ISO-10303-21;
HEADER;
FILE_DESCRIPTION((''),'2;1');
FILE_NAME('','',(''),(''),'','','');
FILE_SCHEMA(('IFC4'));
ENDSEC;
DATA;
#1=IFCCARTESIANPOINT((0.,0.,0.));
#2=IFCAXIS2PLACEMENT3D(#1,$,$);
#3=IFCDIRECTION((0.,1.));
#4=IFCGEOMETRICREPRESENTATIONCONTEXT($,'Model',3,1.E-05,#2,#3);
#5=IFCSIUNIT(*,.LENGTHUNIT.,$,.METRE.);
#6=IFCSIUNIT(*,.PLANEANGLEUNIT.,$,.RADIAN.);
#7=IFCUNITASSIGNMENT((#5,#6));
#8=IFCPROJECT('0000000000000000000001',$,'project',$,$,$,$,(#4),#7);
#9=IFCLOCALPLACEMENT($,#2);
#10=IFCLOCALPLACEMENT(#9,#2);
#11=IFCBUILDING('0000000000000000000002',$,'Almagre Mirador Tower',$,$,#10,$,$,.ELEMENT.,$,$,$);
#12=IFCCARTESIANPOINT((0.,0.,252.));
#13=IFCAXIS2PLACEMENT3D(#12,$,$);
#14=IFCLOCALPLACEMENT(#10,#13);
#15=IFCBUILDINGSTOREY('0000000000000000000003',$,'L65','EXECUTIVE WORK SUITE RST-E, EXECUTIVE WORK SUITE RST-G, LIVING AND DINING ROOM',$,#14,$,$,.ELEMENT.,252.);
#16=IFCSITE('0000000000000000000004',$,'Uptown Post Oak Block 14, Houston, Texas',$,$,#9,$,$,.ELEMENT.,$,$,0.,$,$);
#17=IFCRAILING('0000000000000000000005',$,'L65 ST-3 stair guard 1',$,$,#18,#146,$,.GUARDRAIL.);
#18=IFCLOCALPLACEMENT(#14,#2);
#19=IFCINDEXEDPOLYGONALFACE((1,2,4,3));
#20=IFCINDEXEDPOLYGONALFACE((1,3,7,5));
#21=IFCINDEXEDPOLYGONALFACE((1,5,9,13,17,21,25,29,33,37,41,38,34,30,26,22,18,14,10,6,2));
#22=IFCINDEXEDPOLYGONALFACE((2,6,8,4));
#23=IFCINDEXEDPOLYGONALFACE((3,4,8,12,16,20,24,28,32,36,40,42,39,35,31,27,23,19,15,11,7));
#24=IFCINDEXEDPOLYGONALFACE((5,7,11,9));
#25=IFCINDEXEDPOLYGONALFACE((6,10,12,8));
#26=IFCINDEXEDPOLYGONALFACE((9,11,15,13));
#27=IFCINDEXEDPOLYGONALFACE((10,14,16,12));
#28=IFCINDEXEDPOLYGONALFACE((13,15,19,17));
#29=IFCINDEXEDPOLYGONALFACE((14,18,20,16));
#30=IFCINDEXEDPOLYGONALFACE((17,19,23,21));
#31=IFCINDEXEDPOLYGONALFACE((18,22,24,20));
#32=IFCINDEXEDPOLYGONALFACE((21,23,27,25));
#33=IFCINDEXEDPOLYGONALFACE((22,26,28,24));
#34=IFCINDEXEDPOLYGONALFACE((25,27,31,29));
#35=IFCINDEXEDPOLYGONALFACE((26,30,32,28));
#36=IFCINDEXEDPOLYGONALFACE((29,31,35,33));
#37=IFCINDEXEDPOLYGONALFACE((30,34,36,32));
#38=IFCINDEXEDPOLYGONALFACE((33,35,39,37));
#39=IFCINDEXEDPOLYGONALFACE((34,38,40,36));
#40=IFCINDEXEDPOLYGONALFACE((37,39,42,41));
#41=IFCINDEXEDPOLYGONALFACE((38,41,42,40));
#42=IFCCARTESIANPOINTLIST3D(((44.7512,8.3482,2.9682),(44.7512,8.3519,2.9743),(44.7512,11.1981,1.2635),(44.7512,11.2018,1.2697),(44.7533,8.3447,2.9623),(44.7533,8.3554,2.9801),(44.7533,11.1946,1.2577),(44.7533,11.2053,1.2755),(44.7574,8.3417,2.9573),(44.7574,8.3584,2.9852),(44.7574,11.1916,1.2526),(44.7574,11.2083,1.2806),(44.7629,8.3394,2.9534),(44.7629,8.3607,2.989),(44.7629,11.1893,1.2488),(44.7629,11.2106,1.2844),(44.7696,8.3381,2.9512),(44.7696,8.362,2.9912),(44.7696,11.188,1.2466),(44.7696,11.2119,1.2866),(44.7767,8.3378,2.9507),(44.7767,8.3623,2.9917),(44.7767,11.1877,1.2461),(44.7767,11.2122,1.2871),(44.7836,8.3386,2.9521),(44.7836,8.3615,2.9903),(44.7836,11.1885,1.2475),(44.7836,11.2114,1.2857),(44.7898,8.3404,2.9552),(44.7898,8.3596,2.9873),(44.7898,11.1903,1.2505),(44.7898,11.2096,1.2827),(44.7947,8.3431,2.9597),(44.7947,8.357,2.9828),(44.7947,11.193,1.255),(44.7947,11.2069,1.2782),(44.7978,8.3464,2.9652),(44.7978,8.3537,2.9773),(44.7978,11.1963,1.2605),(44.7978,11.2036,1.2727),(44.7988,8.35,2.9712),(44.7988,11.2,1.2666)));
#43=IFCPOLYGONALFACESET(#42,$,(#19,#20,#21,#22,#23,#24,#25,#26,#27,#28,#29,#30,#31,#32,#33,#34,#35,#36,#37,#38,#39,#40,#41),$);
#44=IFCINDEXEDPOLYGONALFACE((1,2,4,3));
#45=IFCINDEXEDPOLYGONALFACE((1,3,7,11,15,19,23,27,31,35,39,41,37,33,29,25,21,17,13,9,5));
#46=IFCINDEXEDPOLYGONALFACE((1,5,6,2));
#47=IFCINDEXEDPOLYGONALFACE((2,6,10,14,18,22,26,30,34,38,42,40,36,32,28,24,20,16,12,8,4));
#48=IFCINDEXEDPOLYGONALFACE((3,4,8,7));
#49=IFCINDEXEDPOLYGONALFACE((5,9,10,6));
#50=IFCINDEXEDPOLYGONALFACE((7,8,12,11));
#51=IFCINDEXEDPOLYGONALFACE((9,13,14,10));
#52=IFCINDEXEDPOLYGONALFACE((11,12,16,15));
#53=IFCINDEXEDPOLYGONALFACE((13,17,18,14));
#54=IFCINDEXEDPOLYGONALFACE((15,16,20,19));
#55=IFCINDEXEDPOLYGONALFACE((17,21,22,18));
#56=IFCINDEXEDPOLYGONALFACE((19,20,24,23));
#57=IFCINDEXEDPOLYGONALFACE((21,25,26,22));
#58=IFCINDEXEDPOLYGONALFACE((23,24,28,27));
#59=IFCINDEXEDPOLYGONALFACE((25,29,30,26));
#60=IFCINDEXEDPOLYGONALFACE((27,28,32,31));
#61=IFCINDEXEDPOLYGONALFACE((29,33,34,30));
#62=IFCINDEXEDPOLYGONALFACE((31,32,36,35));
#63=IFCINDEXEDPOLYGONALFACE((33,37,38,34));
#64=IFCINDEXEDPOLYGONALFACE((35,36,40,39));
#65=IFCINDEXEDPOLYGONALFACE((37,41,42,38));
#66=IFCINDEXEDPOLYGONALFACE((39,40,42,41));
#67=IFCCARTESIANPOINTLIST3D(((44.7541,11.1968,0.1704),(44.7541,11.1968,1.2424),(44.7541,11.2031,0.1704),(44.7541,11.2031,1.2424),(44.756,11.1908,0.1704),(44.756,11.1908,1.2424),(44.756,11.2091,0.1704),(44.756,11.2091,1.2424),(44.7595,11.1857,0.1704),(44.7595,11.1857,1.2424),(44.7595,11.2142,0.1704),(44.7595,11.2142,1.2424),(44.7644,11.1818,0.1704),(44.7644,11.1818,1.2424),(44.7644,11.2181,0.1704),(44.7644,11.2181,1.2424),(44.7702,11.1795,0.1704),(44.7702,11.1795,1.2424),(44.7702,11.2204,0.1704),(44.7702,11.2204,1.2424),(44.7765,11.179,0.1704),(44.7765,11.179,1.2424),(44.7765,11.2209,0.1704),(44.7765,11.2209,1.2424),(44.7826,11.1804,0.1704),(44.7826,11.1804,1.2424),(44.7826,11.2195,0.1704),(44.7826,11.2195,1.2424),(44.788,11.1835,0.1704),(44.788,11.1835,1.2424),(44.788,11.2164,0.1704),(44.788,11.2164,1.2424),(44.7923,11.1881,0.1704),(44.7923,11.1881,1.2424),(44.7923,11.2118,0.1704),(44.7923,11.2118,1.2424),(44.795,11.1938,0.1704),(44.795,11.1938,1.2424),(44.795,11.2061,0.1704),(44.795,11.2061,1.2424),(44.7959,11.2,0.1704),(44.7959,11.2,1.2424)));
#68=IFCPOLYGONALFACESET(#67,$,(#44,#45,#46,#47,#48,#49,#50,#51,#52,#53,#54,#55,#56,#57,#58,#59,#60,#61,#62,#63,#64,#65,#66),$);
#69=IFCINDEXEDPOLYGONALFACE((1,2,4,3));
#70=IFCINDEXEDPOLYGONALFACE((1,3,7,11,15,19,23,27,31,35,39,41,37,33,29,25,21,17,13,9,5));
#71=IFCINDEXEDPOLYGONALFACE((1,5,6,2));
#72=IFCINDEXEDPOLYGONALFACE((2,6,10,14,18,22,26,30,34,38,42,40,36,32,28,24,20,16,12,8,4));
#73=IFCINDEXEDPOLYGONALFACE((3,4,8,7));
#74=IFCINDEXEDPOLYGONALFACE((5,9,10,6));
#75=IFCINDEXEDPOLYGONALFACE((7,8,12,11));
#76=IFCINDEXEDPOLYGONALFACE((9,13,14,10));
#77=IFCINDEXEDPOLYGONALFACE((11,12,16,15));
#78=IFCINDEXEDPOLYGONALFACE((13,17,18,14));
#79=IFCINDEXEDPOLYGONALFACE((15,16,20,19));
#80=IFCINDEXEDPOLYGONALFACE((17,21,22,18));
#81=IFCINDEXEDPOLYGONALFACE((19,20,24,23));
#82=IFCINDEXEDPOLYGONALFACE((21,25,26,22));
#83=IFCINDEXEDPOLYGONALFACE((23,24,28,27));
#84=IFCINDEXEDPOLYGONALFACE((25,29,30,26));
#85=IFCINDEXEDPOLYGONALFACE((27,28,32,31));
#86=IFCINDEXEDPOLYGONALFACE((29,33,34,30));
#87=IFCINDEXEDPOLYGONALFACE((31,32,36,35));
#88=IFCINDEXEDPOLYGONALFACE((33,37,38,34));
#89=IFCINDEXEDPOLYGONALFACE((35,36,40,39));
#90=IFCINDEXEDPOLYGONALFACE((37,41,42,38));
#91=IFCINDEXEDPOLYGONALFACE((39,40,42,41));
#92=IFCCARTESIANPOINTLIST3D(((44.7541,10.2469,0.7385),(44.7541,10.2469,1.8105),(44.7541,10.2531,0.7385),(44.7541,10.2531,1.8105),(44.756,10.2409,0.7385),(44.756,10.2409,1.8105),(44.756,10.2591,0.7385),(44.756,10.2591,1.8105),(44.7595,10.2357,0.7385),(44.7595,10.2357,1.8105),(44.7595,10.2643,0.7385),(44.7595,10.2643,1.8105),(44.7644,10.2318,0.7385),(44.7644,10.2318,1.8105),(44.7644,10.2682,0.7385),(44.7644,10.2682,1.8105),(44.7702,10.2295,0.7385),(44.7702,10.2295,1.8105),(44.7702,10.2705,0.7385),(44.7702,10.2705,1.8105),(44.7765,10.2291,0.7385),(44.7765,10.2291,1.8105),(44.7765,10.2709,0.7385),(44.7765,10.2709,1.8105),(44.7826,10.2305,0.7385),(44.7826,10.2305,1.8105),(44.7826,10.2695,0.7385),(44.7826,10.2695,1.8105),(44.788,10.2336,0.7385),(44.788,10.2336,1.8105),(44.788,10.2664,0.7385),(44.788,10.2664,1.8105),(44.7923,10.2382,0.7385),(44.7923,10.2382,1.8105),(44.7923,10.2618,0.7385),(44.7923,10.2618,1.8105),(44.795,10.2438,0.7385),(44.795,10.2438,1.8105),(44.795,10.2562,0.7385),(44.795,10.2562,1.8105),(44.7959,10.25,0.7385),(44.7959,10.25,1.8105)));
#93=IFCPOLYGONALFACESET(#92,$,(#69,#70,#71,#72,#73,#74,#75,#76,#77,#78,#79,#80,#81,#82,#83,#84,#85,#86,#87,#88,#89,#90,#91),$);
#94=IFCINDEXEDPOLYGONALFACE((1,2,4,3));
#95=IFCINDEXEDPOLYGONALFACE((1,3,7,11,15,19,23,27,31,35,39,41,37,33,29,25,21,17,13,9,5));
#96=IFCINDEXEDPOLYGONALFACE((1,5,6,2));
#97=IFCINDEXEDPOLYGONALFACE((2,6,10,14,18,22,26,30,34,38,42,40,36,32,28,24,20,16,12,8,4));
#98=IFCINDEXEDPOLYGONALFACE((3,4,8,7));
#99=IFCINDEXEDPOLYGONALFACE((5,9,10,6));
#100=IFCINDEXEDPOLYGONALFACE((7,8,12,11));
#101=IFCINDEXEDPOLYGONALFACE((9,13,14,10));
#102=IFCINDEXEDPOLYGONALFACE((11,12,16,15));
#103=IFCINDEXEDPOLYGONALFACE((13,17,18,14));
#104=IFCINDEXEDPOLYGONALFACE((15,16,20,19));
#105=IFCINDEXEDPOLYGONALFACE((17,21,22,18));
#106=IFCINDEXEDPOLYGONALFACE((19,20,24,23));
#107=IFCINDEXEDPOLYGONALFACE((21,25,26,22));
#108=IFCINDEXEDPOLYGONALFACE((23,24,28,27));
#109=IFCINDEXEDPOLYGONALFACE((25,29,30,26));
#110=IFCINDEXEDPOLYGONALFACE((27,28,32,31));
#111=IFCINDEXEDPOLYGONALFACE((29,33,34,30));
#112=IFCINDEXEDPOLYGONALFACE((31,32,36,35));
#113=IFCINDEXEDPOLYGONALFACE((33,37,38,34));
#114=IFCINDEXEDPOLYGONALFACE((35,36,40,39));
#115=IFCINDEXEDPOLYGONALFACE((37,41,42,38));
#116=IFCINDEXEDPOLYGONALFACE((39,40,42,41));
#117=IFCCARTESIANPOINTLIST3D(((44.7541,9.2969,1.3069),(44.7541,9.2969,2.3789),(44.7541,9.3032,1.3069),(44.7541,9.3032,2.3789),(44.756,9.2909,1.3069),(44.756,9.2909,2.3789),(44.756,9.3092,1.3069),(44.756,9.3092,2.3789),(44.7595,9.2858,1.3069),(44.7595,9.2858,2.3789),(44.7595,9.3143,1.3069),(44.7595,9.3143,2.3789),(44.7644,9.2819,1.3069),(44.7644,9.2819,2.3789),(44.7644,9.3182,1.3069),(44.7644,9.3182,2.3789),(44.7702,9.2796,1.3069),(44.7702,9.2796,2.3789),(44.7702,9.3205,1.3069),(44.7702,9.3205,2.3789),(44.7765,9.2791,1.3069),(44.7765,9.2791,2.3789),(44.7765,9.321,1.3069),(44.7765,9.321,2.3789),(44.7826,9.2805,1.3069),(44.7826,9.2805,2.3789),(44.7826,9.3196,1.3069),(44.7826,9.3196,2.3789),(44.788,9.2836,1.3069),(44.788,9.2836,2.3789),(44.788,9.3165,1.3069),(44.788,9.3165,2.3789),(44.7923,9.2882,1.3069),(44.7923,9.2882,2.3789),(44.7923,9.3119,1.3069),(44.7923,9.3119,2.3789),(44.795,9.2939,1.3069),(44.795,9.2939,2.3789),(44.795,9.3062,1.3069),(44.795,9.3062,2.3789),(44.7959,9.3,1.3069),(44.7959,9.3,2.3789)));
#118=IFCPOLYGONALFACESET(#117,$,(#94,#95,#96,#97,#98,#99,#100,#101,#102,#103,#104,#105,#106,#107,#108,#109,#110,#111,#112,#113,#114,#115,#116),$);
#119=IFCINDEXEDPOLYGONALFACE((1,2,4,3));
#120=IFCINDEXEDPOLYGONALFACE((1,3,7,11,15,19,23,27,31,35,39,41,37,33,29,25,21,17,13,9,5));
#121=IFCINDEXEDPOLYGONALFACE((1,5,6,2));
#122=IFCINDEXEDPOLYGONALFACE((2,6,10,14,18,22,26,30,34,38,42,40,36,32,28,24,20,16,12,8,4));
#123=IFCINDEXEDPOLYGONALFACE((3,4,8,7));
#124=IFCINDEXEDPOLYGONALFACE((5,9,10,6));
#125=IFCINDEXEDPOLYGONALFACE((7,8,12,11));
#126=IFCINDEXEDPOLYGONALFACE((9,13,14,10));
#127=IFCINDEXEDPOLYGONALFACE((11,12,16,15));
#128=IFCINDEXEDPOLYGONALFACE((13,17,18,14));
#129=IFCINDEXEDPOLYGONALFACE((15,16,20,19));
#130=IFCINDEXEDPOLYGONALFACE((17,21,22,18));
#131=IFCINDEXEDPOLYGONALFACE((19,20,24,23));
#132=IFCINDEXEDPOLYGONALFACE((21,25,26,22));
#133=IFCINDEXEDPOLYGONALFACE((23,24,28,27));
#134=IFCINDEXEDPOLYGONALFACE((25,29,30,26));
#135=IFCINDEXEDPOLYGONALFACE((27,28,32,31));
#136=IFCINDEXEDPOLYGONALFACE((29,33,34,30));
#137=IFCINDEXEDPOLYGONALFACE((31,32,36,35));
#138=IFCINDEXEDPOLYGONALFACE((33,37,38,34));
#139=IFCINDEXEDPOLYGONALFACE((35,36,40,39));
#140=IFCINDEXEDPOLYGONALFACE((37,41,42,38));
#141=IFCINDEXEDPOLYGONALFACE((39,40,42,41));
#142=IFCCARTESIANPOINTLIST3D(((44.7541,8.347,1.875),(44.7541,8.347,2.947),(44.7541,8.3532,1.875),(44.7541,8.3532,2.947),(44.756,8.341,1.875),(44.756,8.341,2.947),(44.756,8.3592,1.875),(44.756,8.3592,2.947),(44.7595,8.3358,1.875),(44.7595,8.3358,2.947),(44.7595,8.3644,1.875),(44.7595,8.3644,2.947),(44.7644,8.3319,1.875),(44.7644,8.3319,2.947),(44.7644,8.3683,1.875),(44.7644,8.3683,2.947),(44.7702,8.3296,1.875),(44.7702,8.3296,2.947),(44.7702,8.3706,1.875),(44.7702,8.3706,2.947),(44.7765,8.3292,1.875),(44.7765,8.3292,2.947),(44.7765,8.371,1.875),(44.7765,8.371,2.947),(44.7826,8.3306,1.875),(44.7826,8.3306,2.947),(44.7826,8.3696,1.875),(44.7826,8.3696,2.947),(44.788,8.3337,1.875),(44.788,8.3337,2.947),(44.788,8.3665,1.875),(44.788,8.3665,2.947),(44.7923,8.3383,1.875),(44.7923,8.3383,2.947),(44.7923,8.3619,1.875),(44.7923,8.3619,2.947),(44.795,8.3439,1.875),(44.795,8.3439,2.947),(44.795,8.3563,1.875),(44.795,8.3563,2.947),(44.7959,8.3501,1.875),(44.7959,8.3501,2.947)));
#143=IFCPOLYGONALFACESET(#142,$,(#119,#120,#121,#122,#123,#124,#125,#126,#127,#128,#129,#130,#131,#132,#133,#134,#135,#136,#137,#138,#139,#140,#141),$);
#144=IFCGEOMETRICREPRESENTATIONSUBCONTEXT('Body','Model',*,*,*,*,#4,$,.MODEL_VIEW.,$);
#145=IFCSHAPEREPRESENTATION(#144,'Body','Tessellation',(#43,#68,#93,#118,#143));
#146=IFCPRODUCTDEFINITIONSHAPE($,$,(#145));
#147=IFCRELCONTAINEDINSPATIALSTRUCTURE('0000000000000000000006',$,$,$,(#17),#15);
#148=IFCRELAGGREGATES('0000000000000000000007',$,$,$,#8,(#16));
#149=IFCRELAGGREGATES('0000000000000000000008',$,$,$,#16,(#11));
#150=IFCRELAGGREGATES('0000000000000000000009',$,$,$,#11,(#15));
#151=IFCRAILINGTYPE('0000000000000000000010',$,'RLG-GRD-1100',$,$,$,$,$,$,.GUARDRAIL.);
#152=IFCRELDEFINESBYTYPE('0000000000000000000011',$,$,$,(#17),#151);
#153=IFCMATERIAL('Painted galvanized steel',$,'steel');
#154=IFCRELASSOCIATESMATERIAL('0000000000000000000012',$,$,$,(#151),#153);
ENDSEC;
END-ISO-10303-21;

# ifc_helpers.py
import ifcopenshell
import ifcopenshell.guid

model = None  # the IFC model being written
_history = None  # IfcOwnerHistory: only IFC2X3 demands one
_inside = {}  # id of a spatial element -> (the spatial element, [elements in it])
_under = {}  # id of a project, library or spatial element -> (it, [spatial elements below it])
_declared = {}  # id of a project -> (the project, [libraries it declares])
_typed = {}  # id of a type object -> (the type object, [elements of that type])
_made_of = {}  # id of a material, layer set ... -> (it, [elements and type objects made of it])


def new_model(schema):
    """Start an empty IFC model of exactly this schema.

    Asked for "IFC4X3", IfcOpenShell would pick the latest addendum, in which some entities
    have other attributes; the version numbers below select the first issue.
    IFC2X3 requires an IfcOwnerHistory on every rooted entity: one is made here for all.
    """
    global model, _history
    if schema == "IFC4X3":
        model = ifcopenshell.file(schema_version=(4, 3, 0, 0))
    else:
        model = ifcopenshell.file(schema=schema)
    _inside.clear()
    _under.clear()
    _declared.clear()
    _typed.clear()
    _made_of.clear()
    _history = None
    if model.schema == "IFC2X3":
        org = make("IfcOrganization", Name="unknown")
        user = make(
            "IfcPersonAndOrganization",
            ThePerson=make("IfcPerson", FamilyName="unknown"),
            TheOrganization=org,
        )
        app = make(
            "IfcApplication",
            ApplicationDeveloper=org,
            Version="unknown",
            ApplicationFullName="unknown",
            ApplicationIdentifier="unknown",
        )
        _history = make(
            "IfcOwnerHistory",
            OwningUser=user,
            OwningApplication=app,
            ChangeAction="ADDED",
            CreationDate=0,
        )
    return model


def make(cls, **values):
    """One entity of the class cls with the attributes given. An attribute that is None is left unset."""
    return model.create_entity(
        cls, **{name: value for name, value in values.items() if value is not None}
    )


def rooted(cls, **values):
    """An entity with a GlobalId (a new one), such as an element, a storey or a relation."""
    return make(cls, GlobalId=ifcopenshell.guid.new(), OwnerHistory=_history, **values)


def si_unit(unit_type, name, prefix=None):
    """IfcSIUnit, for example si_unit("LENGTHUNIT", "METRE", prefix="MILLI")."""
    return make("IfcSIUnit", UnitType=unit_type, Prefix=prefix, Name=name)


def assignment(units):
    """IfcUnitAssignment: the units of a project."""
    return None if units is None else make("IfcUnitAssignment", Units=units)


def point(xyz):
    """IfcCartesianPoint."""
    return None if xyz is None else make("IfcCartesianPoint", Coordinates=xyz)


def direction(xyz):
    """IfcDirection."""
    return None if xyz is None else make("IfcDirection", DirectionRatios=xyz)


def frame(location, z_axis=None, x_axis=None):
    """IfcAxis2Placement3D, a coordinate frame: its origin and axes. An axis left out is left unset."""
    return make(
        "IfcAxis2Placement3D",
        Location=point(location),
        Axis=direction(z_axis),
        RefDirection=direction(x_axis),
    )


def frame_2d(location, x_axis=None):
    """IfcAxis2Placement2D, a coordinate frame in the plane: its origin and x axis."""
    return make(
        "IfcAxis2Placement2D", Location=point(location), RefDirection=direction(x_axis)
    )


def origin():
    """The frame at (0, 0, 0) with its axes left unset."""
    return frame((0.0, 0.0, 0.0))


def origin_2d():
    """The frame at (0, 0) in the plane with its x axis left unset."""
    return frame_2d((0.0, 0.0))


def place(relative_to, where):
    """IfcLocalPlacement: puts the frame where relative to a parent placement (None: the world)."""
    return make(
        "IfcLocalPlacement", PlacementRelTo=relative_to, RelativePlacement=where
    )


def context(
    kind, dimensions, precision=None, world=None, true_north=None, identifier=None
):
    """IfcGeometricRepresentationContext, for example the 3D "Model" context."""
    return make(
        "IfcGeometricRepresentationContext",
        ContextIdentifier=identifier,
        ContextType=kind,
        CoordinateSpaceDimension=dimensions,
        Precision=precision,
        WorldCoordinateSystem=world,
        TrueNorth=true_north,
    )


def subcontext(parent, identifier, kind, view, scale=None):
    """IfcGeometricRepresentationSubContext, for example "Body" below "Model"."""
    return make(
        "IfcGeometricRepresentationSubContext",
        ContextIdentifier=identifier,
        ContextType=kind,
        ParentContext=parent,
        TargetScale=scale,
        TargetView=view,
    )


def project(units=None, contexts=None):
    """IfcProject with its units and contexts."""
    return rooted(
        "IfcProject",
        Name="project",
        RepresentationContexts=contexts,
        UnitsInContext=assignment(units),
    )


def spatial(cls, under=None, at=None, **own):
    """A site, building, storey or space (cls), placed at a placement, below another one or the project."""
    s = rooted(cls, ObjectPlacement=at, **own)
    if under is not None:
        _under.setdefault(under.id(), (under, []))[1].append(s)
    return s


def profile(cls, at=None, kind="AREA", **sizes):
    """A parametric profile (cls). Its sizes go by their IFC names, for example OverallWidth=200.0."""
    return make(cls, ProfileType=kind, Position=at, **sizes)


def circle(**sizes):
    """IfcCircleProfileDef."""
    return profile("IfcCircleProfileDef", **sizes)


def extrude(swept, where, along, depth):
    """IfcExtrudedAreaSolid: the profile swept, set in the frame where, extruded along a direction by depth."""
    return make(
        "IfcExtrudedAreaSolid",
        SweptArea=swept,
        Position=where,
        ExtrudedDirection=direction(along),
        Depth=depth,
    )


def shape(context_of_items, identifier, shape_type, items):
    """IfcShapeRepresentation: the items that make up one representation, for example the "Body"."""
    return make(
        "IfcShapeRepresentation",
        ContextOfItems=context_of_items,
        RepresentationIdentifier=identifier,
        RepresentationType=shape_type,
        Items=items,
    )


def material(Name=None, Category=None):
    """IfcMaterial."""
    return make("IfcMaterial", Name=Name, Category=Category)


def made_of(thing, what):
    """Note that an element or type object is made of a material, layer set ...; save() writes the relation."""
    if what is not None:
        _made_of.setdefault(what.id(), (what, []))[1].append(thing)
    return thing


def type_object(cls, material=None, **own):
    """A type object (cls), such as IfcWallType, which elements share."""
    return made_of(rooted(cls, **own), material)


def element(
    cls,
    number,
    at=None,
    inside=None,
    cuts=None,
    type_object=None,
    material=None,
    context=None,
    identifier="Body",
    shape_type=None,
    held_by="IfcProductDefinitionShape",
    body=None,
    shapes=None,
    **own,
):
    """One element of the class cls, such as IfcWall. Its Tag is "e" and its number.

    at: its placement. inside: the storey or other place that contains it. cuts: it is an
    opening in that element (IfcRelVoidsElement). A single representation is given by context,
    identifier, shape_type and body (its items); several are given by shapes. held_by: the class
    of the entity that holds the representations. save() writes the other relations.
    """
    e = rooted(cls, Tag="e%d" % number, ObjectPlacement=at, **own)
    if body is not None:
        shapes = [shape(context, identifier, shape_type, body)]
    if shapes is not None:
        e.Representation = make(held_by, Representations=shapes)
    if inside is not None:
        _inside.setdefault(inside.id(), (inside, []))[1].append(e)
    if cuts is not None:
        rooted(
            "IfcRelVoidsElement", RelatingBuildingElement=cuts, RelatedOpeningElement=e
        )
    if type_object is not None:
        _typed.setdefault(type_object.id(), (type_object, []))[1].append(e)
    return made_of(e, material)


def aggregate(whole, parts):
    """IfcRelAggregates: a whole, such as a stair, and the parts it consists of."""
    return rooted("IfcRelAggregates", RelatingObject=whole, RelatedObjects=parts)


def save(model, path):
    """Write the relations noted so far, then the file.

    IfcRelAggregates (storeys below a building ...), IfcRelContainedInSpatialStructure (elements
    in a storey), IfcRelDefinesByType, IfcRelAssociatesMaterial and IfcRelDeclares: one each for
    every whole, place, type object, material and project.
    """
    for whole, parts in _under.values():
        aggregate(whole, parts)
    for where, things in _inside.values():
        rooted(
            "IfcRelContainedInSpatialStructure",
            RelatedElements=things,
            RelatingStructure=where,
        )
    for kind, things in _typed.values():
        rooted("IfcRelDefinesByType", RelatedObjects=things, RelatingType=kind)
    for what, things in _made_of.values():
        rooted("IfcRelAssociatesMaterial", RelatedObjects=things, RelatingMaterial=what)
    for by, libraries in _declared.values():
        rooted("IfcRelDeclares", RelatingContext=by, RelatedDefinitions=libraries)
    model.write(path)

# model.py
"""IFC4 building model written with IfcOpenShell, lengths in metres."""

from ifc_helpers import new_model, si_unit, direction, frame, origin, origin_2d, place, context, subcontext, project, spatial, circle, extrude, material, type_object, element, save


model = new_model("IFC4")

# Units and contexts
model_context = context("Model", 3, precision=1e-05, world=origin(), true_north=direction((0.0, 1.0)))
body_context = subcontext(model_context, "Body", "Model", "MODEL_VIEW")
ifc_project = project(units=[si_unit("LENGTHUNIT", "METRE"), si_unit("PLANEANGLEUNIT", "RADIAN")], contexts=[model_context])

# Site, building, storey
site_placement = place(None, origin())
site = spatial("IfcSite", under=ifc_project, at=site_placement, Name="Uptown Post Oak Block 14, Houston, Texas", CompositionType="ELEMENT", RefElevation=0.0)
building_placement = place(site_placement, origin())
building = spatial("IfcBuilding", under=site, at=building_placement, Name="Almagre Mirador Tower", CompositionType="ELEMENT")
storey_placement = place(building_placement, frame((0.0, 0.0, 252.0)))
storey = spatial("IfcBuildingStorey", under=building, at=storey_placement, Name="L65", Description="EXECUTIVE WORK SUITE RST-E, EXECUTIVE WORK SUITE RST-G, LIVING AND DINING ROOM", CompositionType="ELEMENT", Elevation=252.0)

# Railing
ifc_material_1 = material(Name="Painted galvanized steel", Category="steel")
railing_type_1 = type_object("IfcRailingType", Name="RLG-GRD-1100", PredefinedType="GUARDRAIL", material=ifc_material_1)
railing_1_placement = place(storey_placement, frame((44.7749, 11.2, 0.1704)))
element("IfcRailing", 1, at=railing_1_placement, inside=storey, type_object=railing_type_1, Name="L65 ST-3 stair guard 1", PredefinedType="GUARDRAIL", context=body_context, shape_type="SweptSolid", body=[
    extrude(circle(Radius=0.0239, at=origin_2d()), frame((0.0, 0.0, 1.0962), z_axis=(0.0, -0.858199, 0.513317), x_axis=(1.0, 0.0, 0.0)), (0.0, 0.0, 1.0), 3.3208),
    extrude(circle(Radius=0.021, at=origin_2d()), origin(), (0.0, 0.0, 1.0), 1.072),
    extrude(circle(Radius=0.021, at=origin_2d()), frame((0.0, -0.95, 0.5681)), (0.0, 0.0, 1.0), 1.072),
    extrude(circle(Radius=0.021, at=origin_2d()), frame((0.0, -1.8999, 1.1365)), (0.0, 0.0, 1.0), 1.072),
    extrude(circle(Radius=0.021, at=origin_2d()), frame((0.0, -2.8499, 1.7046)), (0.0, 0.0, 1.0), 1.072),
])

save(model, "model.ifc")
